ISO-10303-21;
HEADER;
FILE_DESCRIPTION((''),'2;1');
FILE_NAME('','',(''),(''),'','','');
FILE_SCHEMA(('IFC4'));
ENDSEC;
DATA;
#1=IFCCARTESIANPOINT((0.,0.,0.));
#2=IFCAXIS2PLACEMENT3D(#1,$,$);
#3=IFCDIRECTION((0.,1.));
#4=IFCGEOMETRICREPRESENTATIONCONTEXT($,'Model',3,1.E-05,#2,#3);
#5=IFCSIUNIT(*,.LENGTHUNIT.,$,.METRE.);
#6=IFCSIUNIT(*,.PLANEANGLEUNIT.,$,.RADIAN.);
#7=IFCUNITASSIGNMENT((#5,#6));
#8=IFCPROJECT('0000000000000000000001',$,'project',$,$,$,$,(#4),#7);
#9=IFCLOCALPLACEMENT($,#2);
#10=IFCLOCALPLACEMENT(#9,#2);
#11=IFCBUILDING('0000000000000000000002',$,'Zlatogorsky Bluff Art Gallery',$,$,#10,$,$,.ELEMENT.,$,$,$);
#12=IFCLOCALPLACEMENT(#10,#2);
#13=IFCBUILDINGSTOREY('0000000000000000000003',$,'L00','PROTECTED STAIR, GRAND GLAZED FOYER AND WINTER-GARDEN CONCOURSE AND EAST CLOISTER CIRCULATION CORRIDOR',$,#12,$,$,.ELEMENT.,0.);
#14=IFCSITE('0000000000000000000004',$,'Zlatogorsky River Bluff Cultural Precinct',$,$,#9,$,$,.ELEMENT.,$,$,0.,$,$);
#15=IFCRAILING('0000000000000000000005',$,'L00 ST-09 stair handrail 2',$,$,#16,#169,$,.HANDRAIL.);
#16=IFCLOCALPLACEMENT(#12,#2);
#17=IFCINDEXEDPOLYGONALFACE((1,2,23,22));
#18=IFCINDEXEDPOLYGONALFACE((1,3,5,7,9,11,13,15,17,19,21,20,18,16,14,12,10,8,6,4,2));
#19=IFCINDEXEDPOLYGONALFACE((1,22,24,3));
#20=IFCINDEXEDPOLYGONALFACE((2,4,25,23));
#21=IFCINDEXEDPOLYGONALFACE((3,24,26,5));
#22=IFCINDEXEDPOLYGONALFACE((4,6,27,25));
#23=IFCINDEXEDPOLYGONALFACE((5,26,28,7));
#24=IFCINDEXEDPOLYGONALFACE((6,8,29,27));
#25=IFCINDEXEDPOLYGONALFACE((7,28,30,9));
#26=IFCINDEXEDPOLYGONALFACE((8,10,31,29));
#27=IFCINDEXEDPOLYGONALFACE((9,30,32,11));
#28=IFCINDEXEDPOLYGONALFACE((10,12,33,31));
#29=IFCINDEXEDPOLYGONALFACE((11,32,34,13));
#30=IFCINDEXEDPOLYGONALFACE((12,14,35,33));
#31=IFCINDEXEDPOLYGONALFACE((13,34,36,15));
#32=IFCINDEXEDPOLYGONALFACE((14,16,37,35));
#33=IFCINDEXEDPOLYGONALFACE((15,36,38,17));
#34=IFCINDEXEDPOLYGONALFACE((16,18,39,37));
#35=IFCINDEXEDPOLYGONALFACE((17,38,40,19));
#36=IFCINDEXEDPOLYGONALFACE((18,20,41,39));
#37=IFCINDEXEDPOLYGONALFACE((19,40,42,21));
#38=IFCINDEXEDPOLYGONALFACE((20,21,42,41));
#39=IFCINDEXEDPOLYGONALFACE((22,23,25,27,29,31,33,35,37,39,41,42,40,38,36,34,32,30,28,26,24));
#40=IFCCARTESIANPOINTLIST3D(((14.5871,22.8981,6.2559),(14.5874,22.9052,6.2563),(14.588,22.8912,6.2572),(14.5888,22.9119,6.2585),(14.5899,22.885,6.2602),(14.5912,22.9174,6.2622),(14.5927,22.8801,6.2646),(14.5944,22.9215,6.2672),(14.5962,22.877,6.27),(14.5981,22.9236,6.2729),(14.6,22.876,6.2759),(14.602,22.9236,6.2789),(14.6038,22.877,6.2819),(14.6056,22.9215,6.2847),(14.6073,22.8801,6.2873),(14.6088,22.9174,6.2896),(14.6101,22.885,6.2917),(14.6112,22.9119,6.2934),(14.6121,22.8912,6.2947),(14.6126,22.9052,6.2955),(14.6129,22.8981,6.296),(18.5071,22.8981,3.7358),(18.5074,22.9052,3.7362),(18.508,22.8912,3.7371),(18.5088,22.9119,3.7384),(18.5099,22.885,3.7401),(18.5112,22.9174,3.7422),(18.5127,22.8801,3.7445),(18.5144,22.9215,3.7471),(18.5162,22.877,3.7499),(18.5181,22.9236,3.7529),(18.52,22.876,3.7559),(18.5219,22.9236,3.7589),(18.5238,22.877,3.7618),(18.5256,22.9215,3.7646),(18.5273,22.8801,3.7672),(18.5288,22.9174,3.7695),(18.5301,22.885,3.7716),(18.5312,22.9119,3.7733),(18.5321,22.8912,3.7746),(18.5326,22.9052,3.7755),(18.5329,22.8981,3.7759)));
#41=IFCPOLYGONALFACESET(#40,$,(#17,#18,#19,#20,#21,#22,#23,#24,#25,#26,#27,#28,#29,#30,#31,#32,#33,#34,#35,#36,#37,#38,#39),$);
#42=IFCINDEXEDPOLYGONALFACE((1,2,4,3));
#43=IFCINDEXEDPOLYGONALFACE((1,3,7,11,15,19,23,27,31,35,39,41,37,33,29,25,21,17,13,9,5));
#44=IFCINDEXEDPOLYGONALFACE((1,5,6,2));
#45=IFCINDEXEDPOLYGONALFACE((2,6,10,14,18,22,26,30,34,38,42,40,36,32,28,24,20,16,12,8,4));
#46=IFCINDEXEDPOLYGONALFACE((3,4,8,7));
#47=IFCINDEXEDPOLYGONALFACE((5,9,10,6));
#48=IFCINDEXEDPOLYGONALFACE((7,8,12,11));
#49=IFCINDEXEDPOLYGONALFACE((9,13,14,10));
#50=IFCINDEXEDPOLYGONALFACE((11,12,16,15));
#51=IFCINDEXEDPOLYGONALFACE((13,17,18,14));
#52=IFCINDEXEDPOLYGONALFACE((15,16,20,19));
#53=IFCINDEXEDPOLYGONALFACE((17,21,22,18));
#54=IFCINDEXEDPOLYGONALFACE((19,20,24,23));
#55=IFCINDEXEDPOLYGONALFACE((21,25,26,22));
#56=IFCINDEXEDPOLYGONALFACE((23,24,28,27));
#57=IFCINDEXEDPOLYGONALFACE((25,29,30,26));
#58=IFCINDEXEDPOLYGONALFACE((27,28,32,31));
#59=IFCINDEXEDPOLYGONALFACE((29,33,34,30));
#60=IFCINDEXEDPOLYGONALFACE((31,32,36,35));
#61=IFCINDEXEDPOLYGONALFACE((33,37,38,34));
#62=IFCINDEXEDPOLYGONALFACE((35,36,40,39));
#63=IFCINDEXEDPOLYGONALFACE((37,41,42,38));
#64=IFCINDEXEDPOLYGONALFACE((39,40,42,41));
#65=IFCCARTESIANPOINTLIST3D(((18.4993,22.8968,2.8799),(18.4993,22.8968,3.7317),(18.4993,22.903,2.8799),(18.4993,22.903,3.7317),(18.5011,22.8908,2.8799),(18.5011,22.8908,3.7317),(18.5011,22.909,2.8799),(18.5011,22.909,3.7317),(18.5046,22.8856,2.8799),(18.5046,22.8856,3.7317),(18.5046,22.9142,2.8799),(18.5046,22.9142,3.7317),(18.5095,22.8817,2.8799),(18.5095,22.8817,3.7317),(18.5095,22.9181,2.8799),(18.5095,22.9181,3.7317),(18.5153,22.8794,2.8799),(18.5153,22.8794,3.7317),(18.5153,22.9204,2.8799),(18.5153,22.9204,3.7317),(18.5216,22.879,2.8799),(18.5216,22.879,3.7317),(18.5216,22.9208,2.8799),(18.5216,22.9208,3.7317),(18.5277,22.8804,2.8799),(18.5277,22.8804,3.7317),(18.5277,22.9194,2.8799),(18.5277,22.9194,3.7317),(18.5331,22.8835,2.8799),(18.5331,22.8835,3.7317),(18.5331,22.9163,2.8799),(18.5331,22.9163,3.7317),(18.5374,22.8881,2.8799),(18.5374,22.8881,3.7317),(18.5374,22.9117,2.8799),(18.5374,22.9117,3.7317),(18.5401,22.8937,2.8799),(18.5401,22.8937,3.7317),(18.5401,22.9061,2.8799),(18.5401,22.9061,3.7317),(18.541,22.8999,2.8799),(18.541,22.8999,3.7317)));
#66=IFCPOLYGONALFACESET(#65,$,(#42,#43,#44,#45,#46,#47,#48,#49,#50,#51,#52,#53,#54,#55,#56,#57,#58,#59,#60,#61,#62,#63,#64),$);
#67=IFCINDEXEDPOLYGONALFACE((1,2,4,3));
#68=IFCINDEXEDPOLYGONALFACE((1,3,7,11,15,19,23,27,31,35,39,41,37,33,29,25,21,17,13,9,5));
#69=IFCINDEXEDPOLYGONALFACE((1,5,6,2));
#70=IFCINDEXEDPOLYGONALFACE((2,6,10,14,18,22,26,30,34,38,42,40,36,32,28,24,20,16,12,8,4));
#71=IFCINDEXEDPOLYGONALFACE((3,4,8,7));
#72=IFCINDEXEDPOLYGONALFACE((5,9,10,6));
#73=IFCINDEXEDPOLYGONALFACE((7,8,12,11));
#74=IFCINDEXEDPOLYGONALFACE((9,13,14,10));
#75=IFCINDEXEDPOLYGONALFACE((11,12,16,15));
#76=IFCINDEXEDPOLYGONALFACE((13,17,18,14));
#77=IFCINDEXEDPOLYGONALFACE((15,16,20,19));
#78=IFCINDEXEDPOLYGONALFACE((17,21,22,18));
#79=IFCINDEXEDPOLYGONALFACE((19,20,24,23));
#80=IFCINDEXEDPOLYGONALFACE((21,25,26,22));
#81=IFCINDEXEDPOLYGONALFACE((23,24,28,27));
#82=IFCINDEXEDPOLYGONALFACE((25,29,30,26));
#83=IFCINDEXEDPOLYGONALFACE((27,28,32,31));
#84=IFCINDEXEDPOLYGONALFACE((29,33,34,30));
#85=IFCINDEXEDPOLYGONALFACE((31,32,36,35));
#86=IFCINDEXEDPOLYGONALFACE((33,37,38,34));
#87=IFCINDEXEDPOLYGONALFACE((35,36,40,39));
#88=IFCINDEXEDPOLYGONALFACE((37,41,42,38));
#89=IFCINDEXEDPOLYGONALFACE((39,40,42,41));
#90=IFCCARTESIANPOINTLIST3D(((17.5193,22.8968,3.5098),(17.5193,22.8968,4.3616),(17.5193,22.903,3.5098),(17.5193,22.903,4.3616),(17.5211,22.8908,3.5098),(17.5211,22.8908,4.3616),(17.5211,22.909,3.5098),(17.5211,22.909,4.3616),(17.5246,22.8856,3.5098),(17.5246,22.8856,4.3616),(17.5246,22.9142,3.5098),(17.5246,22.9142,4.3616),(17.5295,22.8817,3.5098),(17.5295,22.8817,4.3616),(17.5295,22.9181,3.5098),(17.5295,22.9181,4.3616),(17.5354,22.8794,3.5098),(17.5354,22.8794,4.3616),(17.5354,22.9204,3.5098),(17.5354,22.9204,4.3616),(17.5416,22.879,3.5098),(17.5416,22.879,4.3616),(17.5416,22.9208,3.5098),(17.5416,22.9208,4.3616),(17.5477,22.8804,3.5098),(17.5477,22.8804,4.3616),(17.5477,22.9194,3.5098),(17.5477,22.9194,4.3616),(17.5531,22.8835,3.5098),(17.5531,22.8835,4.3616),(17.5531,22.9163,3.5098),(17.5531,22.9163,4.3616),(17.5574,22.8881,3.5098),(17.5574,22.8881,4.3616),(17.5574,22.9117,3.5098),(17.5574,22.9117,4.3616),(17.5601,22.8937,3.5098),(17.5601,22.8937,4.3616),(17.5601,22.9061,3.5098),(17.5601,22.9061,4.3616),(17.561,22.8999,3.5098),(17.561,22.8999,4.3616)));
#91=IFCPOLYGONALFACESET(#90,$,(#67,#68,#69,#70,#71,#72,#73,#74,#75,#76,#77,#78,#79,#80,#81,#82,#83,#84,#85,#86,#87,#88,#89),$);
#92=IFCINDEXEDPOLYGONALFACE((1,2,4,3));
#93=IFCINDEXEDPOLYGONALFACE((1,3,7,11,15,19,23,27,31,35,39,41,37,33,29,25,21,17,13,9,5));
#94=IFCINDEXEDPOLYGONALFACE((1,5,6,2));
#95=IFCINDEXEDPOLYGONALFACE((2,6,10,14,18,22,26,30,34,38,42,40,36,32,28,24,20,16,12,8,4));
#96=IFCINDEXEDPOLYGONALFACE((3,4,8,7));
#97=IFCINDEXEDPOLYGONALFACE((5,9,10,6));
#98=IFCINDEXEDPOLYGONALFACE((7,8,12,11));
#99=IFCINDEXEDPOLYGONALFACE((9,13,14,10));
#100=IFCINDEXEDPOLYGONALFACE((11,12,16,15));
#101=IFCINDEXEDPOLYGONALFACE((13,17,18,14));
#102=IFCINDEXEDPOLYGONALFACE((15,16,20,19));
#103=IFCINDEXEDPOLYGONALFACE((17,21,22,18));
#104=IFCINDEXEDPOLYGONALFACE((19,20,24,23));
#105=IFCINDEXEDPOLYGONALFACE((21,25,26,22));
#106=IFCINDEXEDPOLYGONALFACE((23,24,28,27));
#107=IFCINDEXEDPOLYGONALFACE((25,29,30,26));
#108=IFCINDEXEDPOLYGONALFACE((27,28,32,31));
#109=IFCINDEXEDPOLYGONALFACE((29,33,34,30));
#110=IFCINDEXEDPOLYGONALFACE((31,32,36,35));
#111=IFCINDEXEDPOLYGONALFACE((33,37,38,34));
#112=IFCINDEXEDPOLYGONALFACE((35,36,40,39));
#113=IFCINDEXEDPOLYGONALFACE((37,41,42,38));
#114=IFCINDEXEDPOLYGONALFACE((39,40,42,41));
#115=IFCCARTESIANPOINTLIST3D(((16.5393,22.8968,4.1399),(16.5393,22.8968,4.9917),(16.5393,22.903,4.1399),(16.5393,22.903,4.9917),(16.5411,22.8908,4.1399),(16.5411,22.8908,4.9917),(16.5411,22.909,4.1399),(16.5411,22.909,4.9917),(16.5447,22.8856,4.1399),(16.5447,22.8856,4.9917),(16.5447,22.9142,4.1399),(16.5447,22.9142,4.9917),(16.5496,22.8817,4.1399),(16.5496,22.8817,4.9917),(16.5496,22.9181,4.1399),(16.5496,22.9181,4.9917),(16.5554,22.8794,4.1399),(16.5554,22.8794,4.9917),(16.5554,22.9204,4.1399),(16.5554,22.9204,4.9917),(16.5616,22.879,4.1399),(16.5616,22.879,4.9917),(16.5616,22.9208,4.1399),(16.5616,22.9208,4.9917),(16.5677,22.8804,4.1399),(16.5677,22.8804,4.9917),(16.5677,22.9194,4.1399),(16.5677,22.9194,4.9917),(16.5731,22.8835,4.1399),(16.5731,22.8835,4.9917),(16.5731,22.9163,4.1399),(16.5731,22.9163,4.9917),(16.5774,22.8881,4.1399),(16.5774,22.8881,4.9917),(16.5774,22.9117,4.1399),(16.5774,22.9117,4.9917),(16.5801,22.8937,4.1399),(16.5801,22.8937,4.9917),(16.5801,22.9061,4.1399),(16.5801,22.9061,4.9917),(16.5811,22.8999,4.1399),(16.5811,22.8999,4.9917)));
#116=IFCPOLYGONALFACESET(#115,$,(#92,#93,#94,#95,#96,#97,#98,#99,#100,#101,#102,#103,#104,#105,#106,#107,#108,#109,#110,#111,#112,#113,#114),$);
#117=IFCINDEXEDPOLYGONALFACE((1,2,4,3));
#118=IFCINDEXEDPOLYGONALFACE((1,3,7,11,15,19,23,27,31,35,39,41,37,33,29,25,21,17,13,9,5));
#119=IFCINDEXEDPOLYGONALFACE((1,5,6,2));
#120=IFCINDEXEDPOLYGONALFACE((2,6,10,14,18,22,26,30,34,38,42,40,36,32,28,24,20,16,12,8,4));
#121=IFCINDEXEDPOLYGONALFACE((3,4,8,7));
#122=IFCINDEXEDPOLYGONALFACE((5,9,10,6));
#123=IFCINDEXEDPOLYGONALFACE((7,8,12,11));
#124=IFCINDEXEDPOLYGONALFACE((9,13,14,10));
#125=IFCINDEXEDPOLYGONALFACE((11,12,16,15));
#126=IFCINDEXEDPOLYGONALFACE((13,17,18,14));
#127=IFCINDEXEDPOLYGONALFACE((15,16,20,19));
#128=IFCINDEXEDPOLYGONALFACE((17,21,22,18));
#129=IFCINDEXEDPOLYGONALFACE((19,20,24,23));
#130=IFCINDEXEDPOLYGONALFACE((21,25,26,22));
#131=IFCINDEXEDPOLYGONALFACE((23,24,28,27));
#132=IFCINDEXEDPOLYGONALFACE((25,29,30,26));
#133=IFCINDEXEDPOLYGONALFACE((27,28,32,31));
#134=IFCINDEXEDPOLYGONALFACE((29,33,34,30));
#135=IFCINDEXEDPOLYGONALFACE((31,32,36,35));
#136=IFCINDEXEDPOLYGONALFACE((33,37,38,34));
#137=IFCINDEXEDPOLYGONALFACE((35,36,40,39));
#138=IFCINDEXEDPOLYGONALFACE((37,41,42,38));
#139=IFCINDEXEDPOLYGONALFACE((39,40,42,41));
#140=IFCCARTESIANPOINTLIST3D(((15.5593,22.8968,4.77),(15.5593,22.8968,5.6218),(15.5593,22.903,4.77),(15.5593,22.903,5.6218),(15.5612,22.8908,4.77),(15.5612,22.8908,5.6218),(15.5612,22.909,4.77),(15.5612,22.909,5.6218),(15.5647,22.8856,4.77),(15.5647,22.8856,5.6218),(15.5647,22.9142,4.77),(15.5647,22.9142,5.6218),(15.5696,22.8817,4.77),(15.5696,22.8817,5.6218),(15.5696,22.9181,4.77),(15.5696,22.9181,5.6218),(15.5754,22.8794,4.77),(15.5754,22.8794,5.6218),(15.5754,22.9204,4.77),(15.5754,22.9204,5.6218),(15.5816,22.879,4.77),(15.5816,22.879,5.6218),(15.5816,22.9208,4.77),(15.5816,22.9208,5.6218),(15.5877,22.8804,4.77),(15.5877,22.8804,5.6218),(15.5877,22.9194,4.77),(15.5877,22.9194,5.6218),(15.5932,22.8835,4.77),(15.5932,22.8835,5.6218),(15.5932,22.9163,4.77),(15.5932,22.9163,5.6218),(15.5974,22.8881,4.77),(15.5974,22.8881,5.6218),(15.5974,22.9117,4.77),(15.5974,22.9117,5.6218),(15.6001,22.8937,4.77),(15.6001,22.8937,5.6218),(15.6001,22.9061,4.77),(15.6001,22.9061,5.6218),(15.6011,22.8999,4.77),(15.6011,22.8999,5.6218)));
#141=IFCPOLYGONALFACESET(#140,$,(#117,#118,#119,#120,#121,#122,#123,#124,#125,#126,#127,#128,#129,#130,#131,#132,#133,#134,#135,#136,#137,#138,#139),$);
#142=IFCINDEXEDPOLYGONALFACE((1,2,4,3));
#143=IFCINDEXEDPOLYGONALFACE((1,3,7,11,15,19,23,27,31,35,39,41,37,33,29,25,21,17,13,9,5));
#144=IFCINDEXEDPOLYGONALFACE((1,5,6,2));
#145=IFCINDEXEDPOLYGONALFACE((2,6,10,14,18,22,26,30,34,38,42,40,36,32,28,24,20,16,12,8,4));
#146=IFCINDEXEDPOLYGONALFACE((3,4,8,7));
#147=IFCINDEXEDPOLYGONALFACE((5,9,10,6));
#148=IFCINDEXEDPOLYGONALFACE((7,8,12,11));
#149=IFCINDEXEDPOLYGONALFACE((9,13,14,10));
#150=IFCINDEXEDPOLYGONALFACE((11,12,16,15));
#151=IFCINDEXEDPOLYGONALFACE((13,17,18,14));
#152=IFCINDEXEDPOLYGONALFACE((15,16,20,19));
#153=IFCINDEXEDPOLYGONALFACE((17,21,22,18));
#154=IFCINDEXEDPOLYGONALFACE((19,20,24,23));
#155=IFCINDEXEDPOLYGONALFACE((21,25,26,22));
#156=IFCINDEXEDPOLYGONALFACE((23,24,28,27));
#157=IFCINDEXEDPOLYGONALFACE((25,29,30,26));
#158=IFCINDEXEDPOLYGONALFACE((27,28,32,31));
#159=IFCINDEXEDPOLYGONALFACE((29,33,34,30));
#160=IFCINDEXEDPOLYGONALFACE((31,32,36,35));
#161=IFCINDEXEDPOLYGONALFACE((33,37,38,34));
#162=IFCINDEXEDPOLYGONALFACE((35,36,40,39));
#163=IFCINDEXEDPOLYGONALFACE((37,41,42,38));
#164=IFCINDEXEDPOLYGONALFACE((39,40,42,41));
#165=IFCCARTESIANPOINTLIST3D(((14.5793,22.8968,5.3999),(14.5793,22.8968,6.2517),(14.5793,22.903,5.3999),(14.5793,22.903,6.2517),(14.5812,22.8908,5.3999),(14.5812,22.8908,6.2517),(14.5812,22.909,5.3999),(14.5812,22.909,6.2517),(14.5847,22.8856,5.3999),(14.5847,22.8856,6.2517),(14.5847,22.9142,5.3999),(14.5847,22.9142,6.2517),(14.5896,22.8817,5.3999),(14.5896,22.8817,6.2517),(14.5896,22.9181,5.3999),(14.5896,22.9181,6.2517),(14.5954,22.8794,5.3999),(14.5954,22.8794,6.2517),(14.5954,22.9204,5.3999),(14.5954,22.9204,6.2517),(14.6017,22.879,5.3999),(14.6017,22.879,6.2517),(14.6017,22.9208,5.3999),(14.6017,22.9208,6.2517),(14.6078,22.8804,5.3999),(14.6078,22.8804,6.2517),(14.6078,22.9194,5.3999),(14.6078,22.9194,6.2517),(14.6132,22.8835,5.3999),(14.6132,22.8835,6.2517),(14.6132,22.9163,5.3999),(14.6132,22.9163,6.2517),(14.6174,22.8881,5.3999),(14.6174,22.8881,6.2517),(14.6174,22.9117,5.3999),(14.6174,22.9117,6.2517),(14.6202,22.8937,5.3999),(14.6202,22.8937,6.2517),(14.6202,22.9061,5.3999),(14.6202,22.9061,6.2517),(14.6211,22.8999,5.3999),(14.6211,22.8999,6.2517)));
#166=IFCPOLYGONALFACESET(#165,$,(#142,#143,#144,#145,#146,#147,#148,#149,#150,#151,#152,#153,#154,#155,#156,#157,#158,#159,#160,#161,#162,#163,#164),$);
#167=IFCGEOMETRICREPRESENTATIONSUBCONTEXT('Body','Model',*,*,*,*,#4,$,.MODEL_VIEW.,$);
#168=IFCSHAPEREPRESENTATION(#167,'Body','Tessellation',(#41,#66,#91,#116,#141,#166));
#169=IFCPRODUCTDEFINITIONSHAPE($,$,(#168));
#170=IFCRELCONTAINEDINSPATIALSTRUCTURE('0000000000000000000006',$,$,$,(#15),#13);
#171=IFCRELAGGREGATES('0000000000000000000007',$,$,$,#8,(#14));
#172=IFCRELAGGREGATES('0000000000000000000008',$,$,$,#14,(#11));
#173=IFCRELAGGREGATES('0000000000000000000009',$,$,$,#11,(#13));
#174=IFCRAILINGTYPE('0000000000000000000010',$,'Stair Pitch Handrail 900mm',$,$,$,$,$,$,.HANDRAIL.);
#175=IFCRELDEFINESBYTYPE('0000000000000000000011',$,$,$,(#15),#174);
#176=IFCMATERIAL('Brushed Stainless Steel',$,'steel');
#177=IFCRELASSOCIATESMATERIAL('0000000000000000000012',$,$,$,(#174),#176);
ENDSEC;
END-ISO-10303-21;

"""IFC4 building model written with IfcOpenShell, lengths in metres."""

from ifc_helpers import new_model, si_unit, direction, frame, origin, origin_2d, place, context, subcontext, project, spatial, circle, extrude, material, type_object, element, save


model = new_model("IFC4")

# Units and contexts
model_context = context("Model", 3, precision=1e-05, world=origin(), true_north=direction((0.0, 1.0)))
body_context = subcontext(model_context, "Body", "Model", "MODEL_VIEW")
ifc_project = project(units=[si_unit("LENGTHUNIT", "METRE"), si_unit("PLANEANGLEUNIT", "RADIAN")], contexts=[model_context])

# Site, building, storey
site_placement = place(None, origin())
site = spatial("IfcSite", under=ifc_project, at=site_placement, Name="Zlatogorsky River Bluff Cultural Precinct", CompositionType="ELEMENT", RefElevation=0.0)
building_placement = place(site_placement, origin())
building = spatial("IfcBuilding", under=site, at=building_placement, Name="Zlatogorsky Bluff Art Gallery", CompositionType="ELEMENT")
storey_placement = place(building_placement, origin())
storey = spatial("IfcBuildingStorey", under=building, at=storey_placement, Name="L00", Description="PROTECTED STAIR, GRAND GLAZED FOYER AND WINTER-GARDEN CONCOURSE AND EAST CLOISTER CIRCULATION CORRIDOR", CompositionType="ELEMENT", Elevation=0.0)

# Railing
ifc_material_1 = material(Name="Brushed Stainless Steel", Category="steel")
railing_type_1 = type_object("IfcRailingType", Name="Stair Pitch Handrail 900mm", PredefinedType="HANDRAIL", material=ifc_material_1)
railing_1_placement = place(storey_placement, frame((18.52, 22.8999, 2.8799)))
element("IfcRailing", 1, at=railing_1_placement, inside=storey, type_object=railing_type_1, Name="L00 ST-09 stair handrail 2", PredefinedType="HANDRAIL", context=body_context, shape_type="SweptSolid", body=[
    extrude(circle(Radius=0.0239, at=origin_2d()), frame((0.0, 0.0, 0.876), z_axis=(-0.841172, 0.0, 0.540768), x_axis=(0.0, -1.0, 0.0)), (0.0, 0.0, 1.0), 4.6602),
    extrude(circle(Radius=0.021, at=origin_2d()), origin(), (0.0, 0.0, 1.0), 0.8518),
    extrude(circle(Radius=0.021, at=origin_2d()), frame((-0.98, 0.0, 0.6299)), (0.0, 0.0, 1.0), 0.8518),
    extrude(circle(Radius=0.021, at=origin_2d()), frame((-1.96, 0.0, 1.26)), (0.0, 0.0, 1.0), 0.8518),
    extrude(circle(Radius=0.021, at=origin_2d()), frame((-2.9399, 0.0, 1.8901)), (0.0, 0.0, 1.0), 0.8518),
    extrude(circle(Radius=0.021, at=origin_2d()), frame((-3.9199, 0.0, 2.52)), (0.0, 0.0, 1.0), 0.8518),
])

save(model, "model.ifc")
